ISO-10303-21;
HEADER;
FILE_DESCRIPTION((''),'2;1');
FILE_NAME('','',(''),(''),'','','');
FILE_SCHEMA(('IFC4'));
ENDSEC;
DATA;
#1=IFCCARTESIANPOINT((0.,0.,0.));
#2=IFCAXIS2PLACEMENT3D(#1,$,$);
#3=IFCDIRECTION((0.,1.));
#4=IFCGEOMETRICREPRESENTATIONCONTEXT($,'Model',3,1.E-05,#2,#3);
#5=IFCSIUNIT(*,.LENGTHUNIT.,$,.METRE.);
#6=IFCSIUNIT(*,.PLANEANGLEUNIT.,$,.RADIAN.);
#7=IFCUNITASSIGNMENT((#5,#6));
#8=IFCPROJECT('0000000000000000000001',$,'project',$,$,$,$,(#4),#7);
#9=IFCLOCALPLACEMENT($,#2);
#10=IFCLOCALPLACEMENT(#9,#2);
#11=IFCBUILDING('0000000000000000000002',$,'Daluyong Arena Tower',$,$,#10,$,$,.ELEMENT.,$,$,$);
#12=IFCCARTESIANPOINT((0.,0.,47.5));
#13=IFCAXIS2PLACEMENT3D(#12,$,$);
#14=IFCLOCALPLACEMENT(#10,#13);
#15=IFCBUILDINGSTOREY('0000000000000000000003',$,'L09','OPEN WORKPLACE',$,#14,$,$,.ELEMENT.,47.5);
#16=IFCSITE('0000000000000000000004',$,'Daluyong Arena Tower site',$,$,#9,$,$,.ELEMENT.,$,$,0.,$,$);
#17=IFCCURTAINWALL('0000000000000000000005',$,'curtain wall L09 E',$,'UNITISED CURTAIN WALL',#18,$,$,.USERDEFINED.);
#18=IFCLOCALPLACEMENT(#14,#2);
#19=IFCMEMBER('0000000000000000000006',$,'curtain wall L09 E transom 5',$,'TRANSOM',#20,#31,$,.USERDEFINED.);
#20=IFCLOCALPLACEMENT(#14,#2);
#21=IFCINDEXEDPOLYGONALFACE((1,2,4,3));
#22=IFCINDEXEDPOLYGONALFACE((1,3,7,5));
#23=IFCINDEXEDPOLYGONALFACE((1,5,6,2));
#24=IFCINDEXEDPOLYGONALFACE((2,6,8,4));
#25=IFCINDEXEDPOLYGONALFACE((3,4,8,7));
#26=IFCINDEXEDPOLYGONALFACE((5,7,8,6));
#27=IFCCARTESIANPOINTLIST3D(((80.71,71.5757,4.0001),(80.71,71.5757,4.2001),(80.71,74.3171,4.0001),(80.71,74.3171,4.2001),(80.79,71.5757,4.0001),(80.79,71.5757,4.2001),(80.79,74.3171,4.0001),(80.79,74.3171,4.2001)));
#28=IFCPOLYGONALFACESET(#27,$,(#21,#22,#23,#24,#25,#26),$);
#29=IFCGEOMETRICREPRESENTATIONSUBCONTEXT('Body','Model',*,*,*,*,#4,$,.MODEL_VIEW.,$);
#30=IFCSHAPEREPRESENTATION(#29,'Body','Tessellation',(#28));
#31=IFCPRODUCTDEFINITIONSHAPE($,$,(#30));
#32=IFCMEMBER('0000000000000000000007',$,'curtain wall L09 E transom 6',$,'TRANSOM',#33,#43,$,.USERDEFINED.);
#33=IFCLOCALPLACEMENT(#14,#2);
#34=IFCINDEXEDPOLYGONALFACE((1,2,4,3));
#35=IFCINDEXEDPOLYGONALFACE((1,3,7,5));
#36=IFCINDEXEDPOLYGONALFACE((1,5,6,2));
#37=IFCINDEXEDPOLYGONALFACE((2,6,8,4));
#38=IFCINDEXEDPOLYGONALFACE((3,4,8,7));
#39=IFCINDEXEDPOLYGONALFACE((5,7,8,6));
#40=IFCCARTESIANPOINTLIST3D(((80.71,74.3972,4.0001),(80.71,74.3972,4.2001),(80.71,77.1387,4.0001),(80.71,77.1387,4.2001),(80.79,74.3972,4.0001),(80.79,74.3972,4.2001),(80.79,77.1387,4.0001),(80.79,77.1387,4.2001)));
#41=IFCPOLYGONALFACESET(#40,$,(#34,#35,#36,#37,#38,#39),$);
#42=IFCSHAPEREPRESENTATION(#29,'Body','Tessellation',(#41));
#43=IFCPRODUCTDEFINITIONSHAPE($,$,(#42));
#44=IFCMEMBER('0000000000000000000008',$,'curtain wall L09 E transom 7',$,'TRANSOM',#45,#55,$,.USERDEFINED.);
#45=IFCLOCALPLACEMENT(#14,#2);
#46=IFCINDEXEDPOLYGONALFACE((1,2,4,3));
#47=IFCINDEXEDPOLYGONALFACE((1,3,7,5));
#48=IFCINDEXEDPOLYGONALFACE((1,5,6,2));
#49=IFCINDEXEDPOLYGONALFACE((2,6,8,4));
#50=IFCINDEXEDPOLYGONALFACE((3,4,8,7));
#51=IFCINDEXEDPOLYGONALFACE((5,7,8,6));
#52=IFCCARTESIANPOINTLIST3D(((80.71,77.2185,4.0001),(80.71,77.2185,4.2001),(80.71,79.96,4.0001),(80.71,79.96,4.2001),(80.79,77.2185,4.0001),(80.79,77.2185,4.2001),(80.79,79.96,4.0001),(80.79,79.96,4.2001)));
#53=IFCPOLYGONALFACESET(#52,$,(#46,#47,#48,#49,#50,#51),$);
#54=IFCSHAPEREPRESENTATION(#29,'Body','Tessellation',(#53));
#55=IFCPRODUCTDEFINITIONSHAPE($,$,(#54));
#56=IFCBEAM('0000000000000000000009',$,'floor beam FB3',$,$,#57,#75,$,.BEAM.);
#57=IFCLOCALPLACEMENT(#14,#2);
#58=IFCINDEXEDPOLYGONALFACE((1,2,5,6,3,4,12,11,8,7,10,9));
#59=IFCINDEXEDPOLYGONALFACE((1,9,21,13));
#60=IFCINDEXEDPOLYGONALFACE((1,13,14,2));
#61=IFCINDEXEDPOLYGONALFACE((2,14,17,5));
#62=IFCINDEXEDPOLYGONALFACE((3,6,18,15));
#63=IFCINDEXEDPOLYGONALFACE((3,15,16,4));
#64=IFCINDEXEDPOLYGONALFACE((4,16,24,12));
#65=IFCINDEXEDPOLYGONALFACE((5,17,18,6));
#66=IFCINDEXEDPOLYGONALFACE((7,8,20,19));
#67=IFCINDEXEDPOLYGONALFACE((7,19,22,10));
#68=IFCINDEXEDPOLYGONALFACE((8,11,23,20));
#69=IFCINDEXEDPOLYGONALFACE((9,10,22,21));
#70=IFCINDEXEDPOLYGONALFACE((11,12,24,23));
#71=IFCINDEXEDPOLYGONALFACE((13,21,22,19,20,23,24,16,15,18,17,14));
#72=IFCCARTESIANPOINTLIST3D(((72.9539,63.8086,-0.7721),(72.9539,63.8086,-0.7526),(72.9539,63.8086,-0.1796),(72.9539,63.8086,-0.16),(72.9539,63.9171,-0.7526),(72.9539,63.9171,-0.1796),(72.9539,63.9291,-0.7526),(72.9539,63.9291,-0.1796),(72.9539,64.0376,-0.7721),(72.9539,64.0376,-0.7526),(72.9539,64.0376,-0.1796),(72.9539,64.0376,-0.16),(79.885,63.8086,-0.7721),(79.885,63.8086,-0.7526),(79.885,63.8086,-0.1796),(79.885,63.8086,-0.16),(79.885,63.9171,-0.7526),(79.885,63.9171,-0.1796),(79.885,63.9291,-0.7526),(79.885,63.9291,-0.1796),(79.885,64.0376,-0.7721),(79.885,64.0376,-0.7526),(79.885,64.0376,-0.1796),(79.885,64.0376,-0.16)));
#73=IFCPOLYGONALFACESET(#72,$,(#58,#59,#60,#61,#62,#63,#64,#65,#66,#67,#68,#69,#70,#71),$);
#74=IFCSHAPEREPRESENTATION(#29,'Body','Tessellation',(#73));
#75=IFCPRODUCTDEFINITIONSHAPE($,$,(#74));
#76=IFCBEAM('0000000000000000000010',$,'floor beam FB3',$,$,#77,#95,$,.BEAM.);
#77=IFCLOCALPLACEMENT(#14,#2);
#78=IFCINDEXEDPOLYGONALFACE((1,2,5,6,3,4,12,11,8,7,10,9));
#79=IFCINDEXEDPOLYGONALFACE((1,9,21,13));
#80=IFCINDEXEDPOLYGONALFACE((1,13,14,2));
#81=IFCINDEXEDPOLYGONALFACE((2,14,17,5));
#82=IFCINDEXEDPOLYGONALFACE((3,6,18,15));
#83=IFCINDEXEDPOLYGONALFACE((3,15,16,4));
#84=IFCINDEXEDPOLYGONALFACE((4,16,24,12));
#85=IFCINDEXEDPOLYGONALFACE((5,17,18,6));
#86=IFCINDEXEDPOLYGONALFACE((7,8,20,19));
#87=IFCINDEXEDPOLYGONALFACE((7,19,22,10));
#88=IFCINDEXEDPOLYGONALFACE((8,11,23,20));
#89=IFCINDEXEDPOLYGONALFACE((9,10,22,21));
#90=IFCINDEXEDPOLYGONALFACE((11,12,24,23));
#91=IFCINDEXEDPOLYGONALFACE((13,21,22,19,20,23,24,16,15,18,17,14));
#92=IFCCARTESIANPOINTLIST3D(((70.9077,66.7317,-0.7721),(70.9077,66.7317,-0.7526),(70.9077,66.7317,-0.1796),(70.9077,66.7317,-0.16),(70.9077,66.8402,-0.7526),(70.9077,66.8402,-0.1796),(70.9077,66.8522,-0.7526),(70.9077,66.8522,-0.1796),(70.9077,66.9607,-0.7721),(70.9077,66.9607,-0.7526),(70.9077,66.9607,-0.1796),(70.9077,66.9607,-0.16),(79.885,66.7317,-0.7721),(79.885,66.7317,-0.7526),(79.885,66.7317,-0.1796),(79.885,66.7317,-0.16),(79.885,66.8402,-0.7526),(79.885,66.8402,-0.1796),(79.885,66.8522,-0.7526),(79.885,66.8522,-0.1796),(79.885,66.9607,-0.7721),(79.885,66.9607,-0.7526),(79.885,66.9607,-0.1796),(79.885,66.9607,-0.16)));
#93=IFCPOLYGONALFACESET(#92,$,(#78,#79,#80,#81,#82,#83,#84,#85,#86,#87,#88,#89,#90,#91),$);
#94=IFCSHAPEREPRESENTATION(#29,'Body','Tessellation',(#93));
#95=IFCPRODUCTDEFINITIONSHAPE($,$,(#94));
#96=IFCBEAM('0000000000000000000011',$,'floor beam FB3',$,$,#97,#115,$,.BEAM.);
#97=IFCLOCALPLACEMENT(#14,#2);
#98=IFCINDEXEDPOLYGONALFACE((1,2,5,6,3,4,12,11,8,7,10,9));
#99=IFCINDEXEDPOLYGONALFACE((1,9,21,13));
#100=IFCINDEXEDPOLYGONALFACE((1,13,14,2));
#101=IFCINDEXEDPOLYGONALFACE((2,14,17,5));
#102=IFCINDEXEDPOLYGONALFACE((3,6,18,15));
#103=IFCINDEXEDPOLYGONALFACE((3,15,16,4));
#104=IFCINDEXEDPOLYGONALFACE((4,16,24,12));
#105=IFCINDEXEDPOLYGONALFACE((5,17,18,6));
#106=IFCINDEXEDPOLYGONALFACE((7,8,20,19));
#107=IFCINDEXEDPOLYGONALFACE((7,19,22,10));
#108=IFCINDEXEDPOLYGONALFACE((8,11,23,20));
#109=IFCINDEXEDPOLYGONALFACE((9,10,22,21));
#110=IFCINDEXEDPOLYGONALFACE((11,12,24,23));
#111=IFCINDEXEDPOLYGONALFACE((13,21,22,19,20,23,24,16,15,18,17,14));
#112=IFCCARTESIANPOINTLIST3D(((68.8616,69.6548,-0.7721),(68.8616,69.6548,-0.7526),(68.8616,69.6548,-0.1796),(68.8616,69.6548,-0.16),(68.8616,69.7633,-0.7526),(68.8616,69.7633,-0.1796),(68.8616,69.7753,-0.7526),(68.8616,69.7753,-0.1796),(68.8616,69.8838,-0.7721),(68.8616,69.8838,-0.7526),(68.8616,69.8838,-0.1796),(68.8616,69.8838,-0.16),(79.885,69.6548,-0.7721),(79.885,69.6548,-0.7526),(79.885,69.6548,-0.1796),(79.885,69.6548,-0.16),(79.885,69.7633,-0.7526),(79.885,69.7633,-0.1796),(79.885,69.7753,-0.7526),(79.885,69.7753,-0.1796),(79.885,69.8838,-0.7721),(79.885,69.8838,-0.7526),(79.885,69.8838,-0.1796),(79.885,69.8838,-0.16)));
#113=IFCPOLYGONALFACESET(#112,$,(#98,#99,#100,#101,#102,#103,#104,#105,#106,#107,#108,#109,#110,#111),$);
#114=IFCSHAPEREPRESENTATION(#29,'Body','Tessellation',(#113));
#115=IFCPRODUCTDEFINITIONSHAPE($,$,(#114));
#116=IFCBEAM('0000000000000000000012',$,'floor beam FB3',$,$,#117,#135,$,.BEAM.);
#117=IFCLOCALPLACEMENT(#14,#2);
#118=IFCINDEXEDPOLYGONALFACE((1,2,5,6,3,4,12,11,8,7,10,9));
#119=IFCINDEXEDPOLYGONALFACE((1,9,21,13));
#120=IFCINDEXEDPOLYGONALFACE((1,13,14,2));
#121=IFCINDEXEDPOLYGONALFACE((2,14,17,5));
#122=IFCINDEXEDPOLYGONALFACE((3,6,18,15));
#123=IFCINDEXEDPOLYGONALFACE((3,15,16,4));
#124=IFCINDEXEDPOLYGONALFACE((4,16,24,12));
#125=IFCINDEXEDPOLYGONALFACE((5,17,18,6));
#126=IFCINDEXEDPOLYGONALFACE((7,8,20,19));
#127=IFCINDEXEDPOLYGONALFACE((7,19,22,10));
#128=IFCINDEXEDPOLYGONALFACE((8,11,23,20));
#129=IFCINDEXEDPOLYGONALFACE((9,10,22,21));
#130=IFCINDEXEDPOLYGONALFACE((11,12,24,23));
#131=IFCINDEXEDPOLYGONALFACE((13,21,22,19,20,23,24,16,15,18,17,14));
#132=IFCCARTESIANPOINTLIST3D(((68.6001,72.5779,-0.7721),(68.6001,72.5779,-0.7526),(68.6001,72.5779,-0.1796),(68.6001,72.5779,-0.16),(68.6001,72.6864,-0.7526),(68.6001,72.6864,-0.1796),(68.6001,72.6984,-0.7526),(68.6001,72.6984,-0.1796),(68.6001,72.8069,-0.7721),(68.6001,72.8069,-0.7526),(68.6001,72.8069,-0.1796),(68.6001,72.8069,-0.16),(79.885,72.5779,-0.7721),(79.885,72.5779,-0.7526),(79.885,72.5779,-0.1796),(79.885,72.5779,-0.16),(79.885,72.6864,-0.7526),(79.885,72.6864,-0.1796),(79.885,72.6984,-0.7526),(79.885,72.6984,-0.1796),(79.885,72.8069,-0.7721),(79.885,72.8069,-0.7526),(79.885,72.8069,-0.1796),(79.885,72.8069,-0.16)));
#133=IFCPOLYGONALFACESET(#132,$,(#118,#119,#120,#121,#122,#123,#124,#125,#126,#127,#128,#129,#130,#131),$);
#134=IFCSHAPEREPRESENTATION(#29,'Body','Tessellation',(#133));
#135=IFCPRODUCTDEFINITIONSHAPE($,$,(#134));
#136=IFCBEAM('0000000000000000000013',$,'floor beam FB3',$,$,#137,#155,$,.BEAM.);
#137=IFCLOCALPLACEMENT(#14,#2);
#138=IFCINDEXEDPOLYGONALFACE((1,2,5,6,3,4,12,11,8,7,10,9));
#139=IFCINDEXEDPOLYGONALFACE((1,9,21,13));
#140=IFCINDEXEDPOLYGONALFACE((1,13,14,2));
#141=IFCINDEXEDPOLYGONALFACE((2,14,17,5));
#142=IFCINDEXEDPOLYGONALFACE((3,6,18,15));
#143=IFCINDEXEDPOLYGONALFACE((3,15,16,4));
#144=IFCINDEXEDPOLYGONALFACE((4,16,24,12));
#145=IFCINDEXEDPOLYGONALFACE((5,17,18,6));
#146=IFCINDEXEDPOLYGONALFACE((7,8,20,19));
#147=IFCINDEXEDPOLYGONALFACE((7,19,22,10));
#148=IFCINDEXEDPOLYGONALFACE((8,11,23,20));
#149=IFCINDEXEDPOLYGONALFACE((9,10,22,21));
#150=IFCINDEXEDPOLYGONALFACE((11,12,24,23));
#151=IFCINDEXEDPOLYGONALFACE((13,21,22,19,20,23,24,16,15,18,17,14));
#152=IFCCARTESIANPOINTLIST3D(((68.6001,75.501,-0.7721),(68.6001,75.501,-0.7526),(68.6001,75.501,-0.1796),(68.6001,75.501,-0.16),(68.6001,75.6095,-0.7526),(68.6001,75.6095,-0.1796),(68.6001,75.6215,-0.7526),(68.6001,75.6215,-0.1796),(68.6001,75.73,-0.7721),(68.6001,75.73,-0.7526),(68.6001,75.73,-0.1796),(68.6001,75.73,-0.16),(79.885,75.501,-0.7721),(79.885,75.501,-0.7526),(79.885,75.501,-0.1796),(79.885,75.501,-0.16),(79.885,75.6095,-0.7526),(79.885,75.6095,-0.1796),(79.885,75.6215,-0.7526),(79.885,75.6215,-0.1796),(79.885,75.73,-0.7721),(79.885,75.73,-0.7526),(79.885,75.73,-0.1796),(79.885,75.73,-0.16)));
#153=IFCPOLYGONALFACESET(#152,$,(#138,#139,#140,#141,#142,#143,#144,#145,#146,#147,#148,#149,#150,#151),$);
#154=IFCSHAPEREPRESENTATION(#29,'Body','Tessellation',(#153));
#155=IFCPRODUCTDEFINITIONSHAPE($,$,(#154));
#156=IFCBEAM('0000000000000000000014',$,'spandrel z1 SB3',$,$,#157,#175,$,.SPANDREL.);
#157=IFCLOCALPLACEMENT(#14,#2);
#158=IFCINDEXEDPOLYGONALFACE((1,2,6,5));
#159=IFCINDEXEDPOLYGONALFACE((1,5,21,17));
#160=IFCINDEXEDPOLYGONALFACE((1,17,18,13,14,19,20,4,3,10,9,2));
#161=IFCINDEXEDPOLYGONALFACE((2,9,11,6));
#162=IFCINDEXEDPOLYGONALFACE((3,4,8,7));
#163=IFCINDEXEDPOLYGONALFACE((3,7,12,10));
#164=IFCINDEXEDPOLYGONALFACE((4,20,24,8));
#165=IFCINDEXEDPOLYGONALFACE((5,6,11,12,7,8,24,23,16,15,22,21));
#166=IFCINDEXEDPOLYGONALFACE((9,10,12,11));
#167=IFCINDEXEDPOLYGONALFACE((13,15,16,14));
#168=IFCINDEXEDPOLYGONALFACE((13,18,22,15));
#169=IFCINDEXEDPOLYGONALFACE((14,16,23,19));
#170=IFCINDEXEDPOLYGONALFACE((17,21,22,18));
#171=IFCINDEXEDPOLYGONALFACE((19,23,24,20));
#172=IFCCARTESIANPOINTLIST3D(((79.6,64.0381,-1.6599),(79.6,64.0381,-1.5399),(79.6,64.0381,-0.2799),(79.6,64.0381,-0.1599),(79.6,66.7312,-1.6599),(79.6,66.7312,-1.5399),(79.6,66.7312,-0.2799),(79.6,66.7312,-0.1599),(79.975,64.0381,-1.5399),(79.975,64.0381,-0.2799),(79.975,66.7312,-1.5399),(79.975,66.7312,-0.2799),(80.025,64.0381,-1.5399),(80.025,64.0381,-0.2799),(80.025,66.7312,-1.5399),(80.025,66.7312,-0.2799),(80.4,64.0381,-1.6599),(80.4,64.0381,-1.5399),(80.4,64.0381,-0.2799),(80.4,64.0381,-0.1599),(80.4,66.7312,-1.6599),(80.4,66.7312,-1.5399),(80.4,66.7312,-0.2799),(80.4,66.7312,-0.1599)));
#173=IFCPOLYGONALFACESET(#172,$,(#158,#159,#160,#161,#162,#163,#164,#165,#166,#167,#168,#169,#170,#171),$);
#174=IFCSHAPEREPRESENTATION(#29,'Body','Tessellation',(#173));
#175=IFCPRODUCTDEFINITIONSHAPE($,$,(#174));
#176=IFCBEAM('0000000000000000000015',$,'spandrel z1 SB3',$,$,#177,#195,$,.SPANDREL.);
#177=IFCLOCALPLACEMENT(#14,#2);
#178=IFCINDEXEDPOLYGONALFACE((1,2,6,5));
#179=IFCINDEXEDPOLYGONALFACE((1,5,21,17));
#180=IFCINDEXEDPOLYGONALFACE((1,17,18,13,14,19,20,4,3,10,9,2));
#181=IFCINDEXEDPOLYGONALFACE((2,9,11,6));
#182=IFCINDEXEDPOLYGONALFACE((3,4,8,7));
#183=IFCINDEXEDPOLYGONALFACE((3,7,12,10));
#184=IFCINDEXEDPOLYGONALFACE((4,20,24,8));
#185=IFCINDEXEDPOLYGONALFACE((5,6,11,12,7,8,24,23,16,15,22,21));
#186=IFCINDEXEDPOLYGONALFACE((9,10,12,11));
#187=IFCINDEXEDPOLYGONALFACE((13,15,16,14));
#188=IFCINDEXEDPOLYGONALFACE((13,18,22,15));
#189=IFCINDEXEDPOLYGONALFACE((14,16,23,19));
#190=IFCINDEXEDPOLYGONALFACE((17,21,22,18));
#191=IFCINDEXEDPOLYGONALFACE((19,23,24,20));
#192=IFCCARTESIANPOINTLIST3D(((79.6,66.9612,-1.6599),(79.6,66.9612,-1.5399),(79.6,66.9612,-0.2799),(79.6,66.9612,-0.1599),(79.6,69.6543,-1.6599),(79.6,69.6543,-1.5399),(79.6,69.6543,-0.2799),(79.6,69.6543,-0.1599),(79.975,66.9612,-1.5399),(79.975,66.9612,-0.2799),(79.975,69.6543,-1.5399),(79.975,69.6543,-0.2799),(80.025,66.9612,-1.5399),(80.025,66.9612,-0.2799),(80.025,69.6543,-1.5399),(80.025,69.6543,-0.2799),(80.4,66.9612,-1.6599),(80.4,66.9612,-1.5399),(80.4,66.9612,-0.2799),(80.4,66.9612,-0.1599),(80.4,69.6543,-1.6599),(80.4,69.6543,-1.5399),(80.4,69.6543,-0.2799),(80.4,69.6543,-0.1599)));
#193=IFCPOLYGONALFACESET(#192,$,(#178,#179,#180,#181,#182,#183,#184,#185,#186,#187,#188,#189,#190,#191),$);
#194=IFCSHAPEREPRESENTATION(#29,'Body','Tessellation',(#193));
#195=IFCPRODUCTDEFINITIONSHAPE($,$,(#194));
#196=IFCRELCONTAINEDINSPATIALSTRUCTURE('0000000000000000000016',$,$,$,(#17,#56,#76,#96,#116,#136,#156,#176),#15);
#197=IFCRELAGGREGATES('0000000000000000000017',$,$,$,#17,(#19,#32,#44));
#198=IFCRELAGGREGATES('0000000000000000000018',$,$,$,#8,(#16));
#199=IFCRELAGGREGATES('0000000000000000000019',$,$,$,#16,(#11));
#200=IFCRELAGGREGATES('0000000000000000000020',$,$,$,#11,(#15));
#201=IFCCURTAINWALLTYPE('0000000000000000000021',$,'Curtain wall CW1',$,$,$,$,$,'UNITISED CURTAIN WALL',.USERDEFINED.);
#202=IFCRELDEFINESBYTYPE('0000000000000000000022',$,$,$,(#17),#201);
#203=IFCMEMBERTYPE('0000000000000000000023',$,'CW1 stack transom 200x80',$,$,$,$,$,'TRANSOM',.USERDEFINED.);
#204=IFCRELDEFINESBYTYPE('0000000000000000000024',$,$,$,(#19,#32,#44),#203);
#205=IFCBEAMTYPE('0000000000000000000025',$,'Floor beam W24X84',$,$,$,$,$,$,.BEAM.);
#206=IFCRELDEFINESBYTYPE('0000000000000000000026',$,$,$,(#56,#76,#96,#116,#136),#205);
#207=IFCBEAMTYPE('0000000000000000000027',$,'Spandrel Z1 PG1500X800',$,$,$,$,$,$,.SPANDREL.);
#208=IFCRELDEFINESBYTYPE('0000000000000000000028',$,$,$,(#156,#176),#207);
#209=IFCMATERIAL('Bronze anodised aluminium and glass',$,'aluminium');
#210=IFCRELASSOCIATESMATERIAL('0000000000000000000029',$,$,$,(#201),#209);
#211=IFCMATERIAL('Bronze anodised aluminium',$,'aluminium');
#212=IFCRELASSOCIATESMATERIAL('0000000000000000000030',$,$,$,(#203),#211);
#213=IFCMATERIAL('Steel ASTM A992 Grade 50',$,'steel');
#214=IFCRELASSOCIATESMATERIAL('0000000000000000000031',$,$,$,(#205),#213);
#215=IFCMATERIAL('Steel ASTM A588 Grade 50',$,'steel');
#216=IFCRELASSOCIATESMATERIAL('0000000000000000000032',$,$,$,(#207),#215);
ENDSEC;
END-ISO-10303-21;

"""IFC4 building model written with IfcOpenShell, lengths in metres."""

from ifc_helpers import new_model, si_unit, direction, frame, origin, origin_2d, place, context, subcontext, project, spatial, rectangle, i_section, extrude, material, material_profile, profile_set, type_object, element, aggregate, save


model = new_model("IFC4")

# Units and contexts
model_context = context("Model", 3, precision=1e-05, world=origin(), true_north=direction((0.0, 1.0)))
body_context = subcontext(model_context, "Body", "Model", "MODEL_VIEW")
ifc_project = project(units=[si_unit("LENGTHUNIT", "METRE"), si_unit("PLANEANGLEUNIT", "RADIAN")], contexts=[model_context])

# Site, building, storey
site_placement = place(None, origin())
site = spatial("IfcSite", under=ifc_project, at=site_placement, Name="Daluyong Arena Tower site", CompositionType="ELEMENT", RefElevation=0.0)
building_placement = place(site_placement, origin())
building = spatial("IfcBuilding", under=site, at=building_placement, Name="Daluyong Arena Tower", CompositionType="ELEMENT")
storey_placement = place(building_placement, frame((0.0, 0.0, 47.5)))
storey = spatial("IfcBuildingStorey", under=building, at=storey_placement, Name="L09", Description="OPEN WORKPLACE", CompositionType="ELEMENT", Elevation=47.5)

# Curtain wall, members
ifc_material_1 = material(Name="Bronze anodised aluminium and glass", Category="aluminium")
curtain_wall_type = type_object("IfcCurtainWallType", Name="Curtain wall CW1", ElementType="UNITISED CURTAIN WALL", PredefinedType="USERDEFINED", material=ifc_material_1)
curtain_wall_placement = place(storey_placement, origin())
curtain_wall = element("IfcCurtainWall", 1, at=curtain_wall_placement, inside=storey, type_object=curtain_wall_type, Name="curtain wall L09 E", ObjectType="UNITISED CURTAIN WALL", PredefinedType="USERDEFINED")
ifc_material_2 = material(Name="Bronze anodised aluminium", Category="aluminium")
ifc_material_profile_1 = material_profile(ifc_material_2, rectangle(XDim=0.0801, YDim=0.2, at=origin_2d()))
ifc_profile_set_1 = profile_set([ifc_material_profile_1], Name="Bronze anodised aluminium")
member_type_1 = type_object("IfcMemberType", Name="CW1 stack transom 200x80", ElementType="TRANSOM", PredefinedType="USERDEFINED", material=ifc_profile_set_1)
member_1_placement = place(storey_placement, frame((80.75, 71.5757, 4.1001), z_axis=(0.0, 1.0, 0.0), x_axis=(-1.0, 0.0, 0.0)))
member_1 = element("IfcMember", 2, at=member_1_placement, type_object=member_type_1, Name="curtain wall L09 E transom 5", ObjectType="TRANSOM", PredefinedType="USERDEFINED", context=body_context, shape_type="SweptSolid", body=[
    extrude(rectangle(XDim=0.0801, YDim=0.2, at=origin_2d()), origin(), (0.0, 0.0, 1.0), 2.7415),
])
member_2_placement = place(storey_placement, frame((80.75, 74.3972, 4.1001), z_axis=(0.0, 1.0, 0.0), x_axis=(-1.0, 0.0, 0.0)))
member_2 = element("IfcMember", 3, at=member_2_placement, type_object=member_type_1, Name="curtain wall L09 E transom 6", ObjectType="TRANSOM", PredefinedType="USERDEFINED", context=body_context, shape_type="SweptSolid", body=[
    extrude(rectangle(XDim=0.0801, YDim=0.2, at=origin_2d()), origin(), (0.0, 0.0, 1.0), 2.7415),
])
member_3_placement = place(storey_placement, frame((80.75, 77.2185, 4.1001), z_axis=(0.0, 1.0, 0.0), x_axis=(-1.0, 0.0, 0.0)))
member_3 = element("IfcMember", 4, at=member_3_placement, type_object=member_type_1, Name="curtain wall L09 E transom 7", ObjectType="TRANSOM", PredefinedType="USERDEFINED", context=body_context, shape_type="SweptSolid", body=[
    extrude(rectangle(XDim=0.0801, YDim=0.2, at=origin_2d()), origin(), (0.0, 0.0, 1.0), 2.7415),
])

# Beams
ifc_material_3 = material(Name="Steel ASTM A992 Grade 50", Category="steel")
ifc_material_profile_2 = material_profile(ifc_material_3, i_section(OverallWidth=0.229, OverallDepth=0.6121, WebThickness=0.012, FlangeThickness=0.0195, at=origin_2d()))
ifc_profile_set_2 = profile_set([ifc_material_profile_2], Name="Steel ASTM A992 Grade 50")
beam_type_1 = type_object("IfcBeamType", Name="Floor beam W24X84", PredefinedType="BEAM", material=ifc_profile_set_2)
beam_1_placement = place(storey_placement, frame((79.885, 63.9231, -0.4661), z_axis=(-1.0, 0.0, 0.0), x_axis=(0.0, -1.0, 0.0)))
element("IfcBeam", 5, at=beam_1_placement, inside=storey, type_object=beam_type_1, Name="floor beam FB3", PredefinedType="BEAM", context=body_context, shape_type="SweptSolid", body=[
    extrude(i_section(OverallWidth=0.229, OverallDepth=0.6121, WebThickness=0.012, FlangeThickness=0.0195, at=origin_2d()), origin(), (0.0, 0.0, 1.0), 6.9312),
])
beam_2_placement = place(storey_placement, frame((79.885, 66.8462, -0.4661), z_axis=(-1.0, 0.0, 0.0), x_axis=(0.0, -1.0, 0.0)))
element("IfcBeam", 6, at=beam_2_placement, inside=storey, type_object=beam_type_1, Name="floor beam FB3", PredefinedType="BEAM", context=body_context, shape_type="SweptSolid", body=[
    extrude(i_section(OverallWidth=0.229, OverallDepth=0.6121, WebThickness=0.012, FlangeThickness=0.0195, at=origin_2d()), origin(), (0.0, 0.0, 1.0), 8.9773),
])
beam_3_placement = place(storey_placement, frame((79.885, 69.7693, -0.4661), z_axis=(-1.0, 0.0, 0.0), x_axis=(0.0, -1.0, 0.0)))
element("IfcBeam", 7, at=beam_3_placement, inside=storey, type_object=beam_type_1, Name="floor beam FB3", PredefinedType="BEAM", context=body_context, shape_type="SweptSolid", body=[
    extrude(i_section(OverallWidth=0.229, OverallDepth=0.6121, WebThickness=0.012, FlangeThickness=0.0195, at=origin_2d()), origin(), (0.0, 0.0, 1.0), 11.0234),
])
for number, where, z_axis, x_axis, name in (
    (8, (79.885, 72.6924, -0.4661), (-1.0, 0.0, 0.0), (0.0, -1.0, 0.0), "floor beam FB3"),
    (9, (79.885, 75.6155, -0.4661), (-1.0, 0.0, 0.0), (0.0, -1.0, 0.0), "floor beam FB3"),
):
    element("IfcBeam", number, at=place(storey_placement, frame(where, z_axis=z_axis, x_axis=x_axis)), inside=storey, type_object=beam_type_1, Name=name, PredefinedType="BEAM", context=body_context, shape_type="SweptSolid", body=[
        extrude(i_section(OverallWidth=0.229, OverallDepth=0.6121, WebThickness=0.012, FlangeThickness=0.0195, at=origin_2d()), origin(), (0.0, 0.0, 1.0), 11.2849),
    ])
ifc_material_4 = material(Name="Steel ASTM A588 Grade 50", Category="steel")
ifc_material_profile_3 = material_profile(ifc_material_4, i_section(OverallWidth=0.8, OverallDepth=1.5, WebThickness=0.05, FlangeThickness=0.12, at=origin_2d()))
ifc_profile_set_3 = profile_set([ifc_material_profile_3], Name="Steel ASTM A588 Grade 50")
beam_type_2 = type_object("IfcBeamType", Name="Spandrel Z1 PG1500X800", PredefinedType="SPANDREL", material=ifc_profile_set_3)
for number, where, z_axis, x_axis, name in (
    (10, (80.0, 64.0381, -0.9099), (0.0, 1.0, 0.0), (-1.0, 0.0, 0.0), "spandrel z1 SB3"),
    (11, (80.0, 66.9612, -0.9099), (0.0, 1.0, 0.0), (-1.0, 0.0, 0.0), "spandrel z1 SB3"),
):
    element("IfcBeam", number, at=place(storey_placement, frame(where, z_axis=z_axis, x_axis=x_axis)), inside=storey, type_object=beam_type_2, Name=name, PredefinedType="SPANDREL", context=body_context, shape_type="SweptSolid", body=[
        extrude(i_section(OverallWidth=0.8, OverallDepth=1.5, WebThickness=0.05, FlangeThickness=0.12, at=origin_2d()), origin(), (0.0, 0.0, 1.0), 2.6931),
    ])

aggregate(curtain_wall, [member_1, member_2, member_3])

save(model, "model.ifc")
